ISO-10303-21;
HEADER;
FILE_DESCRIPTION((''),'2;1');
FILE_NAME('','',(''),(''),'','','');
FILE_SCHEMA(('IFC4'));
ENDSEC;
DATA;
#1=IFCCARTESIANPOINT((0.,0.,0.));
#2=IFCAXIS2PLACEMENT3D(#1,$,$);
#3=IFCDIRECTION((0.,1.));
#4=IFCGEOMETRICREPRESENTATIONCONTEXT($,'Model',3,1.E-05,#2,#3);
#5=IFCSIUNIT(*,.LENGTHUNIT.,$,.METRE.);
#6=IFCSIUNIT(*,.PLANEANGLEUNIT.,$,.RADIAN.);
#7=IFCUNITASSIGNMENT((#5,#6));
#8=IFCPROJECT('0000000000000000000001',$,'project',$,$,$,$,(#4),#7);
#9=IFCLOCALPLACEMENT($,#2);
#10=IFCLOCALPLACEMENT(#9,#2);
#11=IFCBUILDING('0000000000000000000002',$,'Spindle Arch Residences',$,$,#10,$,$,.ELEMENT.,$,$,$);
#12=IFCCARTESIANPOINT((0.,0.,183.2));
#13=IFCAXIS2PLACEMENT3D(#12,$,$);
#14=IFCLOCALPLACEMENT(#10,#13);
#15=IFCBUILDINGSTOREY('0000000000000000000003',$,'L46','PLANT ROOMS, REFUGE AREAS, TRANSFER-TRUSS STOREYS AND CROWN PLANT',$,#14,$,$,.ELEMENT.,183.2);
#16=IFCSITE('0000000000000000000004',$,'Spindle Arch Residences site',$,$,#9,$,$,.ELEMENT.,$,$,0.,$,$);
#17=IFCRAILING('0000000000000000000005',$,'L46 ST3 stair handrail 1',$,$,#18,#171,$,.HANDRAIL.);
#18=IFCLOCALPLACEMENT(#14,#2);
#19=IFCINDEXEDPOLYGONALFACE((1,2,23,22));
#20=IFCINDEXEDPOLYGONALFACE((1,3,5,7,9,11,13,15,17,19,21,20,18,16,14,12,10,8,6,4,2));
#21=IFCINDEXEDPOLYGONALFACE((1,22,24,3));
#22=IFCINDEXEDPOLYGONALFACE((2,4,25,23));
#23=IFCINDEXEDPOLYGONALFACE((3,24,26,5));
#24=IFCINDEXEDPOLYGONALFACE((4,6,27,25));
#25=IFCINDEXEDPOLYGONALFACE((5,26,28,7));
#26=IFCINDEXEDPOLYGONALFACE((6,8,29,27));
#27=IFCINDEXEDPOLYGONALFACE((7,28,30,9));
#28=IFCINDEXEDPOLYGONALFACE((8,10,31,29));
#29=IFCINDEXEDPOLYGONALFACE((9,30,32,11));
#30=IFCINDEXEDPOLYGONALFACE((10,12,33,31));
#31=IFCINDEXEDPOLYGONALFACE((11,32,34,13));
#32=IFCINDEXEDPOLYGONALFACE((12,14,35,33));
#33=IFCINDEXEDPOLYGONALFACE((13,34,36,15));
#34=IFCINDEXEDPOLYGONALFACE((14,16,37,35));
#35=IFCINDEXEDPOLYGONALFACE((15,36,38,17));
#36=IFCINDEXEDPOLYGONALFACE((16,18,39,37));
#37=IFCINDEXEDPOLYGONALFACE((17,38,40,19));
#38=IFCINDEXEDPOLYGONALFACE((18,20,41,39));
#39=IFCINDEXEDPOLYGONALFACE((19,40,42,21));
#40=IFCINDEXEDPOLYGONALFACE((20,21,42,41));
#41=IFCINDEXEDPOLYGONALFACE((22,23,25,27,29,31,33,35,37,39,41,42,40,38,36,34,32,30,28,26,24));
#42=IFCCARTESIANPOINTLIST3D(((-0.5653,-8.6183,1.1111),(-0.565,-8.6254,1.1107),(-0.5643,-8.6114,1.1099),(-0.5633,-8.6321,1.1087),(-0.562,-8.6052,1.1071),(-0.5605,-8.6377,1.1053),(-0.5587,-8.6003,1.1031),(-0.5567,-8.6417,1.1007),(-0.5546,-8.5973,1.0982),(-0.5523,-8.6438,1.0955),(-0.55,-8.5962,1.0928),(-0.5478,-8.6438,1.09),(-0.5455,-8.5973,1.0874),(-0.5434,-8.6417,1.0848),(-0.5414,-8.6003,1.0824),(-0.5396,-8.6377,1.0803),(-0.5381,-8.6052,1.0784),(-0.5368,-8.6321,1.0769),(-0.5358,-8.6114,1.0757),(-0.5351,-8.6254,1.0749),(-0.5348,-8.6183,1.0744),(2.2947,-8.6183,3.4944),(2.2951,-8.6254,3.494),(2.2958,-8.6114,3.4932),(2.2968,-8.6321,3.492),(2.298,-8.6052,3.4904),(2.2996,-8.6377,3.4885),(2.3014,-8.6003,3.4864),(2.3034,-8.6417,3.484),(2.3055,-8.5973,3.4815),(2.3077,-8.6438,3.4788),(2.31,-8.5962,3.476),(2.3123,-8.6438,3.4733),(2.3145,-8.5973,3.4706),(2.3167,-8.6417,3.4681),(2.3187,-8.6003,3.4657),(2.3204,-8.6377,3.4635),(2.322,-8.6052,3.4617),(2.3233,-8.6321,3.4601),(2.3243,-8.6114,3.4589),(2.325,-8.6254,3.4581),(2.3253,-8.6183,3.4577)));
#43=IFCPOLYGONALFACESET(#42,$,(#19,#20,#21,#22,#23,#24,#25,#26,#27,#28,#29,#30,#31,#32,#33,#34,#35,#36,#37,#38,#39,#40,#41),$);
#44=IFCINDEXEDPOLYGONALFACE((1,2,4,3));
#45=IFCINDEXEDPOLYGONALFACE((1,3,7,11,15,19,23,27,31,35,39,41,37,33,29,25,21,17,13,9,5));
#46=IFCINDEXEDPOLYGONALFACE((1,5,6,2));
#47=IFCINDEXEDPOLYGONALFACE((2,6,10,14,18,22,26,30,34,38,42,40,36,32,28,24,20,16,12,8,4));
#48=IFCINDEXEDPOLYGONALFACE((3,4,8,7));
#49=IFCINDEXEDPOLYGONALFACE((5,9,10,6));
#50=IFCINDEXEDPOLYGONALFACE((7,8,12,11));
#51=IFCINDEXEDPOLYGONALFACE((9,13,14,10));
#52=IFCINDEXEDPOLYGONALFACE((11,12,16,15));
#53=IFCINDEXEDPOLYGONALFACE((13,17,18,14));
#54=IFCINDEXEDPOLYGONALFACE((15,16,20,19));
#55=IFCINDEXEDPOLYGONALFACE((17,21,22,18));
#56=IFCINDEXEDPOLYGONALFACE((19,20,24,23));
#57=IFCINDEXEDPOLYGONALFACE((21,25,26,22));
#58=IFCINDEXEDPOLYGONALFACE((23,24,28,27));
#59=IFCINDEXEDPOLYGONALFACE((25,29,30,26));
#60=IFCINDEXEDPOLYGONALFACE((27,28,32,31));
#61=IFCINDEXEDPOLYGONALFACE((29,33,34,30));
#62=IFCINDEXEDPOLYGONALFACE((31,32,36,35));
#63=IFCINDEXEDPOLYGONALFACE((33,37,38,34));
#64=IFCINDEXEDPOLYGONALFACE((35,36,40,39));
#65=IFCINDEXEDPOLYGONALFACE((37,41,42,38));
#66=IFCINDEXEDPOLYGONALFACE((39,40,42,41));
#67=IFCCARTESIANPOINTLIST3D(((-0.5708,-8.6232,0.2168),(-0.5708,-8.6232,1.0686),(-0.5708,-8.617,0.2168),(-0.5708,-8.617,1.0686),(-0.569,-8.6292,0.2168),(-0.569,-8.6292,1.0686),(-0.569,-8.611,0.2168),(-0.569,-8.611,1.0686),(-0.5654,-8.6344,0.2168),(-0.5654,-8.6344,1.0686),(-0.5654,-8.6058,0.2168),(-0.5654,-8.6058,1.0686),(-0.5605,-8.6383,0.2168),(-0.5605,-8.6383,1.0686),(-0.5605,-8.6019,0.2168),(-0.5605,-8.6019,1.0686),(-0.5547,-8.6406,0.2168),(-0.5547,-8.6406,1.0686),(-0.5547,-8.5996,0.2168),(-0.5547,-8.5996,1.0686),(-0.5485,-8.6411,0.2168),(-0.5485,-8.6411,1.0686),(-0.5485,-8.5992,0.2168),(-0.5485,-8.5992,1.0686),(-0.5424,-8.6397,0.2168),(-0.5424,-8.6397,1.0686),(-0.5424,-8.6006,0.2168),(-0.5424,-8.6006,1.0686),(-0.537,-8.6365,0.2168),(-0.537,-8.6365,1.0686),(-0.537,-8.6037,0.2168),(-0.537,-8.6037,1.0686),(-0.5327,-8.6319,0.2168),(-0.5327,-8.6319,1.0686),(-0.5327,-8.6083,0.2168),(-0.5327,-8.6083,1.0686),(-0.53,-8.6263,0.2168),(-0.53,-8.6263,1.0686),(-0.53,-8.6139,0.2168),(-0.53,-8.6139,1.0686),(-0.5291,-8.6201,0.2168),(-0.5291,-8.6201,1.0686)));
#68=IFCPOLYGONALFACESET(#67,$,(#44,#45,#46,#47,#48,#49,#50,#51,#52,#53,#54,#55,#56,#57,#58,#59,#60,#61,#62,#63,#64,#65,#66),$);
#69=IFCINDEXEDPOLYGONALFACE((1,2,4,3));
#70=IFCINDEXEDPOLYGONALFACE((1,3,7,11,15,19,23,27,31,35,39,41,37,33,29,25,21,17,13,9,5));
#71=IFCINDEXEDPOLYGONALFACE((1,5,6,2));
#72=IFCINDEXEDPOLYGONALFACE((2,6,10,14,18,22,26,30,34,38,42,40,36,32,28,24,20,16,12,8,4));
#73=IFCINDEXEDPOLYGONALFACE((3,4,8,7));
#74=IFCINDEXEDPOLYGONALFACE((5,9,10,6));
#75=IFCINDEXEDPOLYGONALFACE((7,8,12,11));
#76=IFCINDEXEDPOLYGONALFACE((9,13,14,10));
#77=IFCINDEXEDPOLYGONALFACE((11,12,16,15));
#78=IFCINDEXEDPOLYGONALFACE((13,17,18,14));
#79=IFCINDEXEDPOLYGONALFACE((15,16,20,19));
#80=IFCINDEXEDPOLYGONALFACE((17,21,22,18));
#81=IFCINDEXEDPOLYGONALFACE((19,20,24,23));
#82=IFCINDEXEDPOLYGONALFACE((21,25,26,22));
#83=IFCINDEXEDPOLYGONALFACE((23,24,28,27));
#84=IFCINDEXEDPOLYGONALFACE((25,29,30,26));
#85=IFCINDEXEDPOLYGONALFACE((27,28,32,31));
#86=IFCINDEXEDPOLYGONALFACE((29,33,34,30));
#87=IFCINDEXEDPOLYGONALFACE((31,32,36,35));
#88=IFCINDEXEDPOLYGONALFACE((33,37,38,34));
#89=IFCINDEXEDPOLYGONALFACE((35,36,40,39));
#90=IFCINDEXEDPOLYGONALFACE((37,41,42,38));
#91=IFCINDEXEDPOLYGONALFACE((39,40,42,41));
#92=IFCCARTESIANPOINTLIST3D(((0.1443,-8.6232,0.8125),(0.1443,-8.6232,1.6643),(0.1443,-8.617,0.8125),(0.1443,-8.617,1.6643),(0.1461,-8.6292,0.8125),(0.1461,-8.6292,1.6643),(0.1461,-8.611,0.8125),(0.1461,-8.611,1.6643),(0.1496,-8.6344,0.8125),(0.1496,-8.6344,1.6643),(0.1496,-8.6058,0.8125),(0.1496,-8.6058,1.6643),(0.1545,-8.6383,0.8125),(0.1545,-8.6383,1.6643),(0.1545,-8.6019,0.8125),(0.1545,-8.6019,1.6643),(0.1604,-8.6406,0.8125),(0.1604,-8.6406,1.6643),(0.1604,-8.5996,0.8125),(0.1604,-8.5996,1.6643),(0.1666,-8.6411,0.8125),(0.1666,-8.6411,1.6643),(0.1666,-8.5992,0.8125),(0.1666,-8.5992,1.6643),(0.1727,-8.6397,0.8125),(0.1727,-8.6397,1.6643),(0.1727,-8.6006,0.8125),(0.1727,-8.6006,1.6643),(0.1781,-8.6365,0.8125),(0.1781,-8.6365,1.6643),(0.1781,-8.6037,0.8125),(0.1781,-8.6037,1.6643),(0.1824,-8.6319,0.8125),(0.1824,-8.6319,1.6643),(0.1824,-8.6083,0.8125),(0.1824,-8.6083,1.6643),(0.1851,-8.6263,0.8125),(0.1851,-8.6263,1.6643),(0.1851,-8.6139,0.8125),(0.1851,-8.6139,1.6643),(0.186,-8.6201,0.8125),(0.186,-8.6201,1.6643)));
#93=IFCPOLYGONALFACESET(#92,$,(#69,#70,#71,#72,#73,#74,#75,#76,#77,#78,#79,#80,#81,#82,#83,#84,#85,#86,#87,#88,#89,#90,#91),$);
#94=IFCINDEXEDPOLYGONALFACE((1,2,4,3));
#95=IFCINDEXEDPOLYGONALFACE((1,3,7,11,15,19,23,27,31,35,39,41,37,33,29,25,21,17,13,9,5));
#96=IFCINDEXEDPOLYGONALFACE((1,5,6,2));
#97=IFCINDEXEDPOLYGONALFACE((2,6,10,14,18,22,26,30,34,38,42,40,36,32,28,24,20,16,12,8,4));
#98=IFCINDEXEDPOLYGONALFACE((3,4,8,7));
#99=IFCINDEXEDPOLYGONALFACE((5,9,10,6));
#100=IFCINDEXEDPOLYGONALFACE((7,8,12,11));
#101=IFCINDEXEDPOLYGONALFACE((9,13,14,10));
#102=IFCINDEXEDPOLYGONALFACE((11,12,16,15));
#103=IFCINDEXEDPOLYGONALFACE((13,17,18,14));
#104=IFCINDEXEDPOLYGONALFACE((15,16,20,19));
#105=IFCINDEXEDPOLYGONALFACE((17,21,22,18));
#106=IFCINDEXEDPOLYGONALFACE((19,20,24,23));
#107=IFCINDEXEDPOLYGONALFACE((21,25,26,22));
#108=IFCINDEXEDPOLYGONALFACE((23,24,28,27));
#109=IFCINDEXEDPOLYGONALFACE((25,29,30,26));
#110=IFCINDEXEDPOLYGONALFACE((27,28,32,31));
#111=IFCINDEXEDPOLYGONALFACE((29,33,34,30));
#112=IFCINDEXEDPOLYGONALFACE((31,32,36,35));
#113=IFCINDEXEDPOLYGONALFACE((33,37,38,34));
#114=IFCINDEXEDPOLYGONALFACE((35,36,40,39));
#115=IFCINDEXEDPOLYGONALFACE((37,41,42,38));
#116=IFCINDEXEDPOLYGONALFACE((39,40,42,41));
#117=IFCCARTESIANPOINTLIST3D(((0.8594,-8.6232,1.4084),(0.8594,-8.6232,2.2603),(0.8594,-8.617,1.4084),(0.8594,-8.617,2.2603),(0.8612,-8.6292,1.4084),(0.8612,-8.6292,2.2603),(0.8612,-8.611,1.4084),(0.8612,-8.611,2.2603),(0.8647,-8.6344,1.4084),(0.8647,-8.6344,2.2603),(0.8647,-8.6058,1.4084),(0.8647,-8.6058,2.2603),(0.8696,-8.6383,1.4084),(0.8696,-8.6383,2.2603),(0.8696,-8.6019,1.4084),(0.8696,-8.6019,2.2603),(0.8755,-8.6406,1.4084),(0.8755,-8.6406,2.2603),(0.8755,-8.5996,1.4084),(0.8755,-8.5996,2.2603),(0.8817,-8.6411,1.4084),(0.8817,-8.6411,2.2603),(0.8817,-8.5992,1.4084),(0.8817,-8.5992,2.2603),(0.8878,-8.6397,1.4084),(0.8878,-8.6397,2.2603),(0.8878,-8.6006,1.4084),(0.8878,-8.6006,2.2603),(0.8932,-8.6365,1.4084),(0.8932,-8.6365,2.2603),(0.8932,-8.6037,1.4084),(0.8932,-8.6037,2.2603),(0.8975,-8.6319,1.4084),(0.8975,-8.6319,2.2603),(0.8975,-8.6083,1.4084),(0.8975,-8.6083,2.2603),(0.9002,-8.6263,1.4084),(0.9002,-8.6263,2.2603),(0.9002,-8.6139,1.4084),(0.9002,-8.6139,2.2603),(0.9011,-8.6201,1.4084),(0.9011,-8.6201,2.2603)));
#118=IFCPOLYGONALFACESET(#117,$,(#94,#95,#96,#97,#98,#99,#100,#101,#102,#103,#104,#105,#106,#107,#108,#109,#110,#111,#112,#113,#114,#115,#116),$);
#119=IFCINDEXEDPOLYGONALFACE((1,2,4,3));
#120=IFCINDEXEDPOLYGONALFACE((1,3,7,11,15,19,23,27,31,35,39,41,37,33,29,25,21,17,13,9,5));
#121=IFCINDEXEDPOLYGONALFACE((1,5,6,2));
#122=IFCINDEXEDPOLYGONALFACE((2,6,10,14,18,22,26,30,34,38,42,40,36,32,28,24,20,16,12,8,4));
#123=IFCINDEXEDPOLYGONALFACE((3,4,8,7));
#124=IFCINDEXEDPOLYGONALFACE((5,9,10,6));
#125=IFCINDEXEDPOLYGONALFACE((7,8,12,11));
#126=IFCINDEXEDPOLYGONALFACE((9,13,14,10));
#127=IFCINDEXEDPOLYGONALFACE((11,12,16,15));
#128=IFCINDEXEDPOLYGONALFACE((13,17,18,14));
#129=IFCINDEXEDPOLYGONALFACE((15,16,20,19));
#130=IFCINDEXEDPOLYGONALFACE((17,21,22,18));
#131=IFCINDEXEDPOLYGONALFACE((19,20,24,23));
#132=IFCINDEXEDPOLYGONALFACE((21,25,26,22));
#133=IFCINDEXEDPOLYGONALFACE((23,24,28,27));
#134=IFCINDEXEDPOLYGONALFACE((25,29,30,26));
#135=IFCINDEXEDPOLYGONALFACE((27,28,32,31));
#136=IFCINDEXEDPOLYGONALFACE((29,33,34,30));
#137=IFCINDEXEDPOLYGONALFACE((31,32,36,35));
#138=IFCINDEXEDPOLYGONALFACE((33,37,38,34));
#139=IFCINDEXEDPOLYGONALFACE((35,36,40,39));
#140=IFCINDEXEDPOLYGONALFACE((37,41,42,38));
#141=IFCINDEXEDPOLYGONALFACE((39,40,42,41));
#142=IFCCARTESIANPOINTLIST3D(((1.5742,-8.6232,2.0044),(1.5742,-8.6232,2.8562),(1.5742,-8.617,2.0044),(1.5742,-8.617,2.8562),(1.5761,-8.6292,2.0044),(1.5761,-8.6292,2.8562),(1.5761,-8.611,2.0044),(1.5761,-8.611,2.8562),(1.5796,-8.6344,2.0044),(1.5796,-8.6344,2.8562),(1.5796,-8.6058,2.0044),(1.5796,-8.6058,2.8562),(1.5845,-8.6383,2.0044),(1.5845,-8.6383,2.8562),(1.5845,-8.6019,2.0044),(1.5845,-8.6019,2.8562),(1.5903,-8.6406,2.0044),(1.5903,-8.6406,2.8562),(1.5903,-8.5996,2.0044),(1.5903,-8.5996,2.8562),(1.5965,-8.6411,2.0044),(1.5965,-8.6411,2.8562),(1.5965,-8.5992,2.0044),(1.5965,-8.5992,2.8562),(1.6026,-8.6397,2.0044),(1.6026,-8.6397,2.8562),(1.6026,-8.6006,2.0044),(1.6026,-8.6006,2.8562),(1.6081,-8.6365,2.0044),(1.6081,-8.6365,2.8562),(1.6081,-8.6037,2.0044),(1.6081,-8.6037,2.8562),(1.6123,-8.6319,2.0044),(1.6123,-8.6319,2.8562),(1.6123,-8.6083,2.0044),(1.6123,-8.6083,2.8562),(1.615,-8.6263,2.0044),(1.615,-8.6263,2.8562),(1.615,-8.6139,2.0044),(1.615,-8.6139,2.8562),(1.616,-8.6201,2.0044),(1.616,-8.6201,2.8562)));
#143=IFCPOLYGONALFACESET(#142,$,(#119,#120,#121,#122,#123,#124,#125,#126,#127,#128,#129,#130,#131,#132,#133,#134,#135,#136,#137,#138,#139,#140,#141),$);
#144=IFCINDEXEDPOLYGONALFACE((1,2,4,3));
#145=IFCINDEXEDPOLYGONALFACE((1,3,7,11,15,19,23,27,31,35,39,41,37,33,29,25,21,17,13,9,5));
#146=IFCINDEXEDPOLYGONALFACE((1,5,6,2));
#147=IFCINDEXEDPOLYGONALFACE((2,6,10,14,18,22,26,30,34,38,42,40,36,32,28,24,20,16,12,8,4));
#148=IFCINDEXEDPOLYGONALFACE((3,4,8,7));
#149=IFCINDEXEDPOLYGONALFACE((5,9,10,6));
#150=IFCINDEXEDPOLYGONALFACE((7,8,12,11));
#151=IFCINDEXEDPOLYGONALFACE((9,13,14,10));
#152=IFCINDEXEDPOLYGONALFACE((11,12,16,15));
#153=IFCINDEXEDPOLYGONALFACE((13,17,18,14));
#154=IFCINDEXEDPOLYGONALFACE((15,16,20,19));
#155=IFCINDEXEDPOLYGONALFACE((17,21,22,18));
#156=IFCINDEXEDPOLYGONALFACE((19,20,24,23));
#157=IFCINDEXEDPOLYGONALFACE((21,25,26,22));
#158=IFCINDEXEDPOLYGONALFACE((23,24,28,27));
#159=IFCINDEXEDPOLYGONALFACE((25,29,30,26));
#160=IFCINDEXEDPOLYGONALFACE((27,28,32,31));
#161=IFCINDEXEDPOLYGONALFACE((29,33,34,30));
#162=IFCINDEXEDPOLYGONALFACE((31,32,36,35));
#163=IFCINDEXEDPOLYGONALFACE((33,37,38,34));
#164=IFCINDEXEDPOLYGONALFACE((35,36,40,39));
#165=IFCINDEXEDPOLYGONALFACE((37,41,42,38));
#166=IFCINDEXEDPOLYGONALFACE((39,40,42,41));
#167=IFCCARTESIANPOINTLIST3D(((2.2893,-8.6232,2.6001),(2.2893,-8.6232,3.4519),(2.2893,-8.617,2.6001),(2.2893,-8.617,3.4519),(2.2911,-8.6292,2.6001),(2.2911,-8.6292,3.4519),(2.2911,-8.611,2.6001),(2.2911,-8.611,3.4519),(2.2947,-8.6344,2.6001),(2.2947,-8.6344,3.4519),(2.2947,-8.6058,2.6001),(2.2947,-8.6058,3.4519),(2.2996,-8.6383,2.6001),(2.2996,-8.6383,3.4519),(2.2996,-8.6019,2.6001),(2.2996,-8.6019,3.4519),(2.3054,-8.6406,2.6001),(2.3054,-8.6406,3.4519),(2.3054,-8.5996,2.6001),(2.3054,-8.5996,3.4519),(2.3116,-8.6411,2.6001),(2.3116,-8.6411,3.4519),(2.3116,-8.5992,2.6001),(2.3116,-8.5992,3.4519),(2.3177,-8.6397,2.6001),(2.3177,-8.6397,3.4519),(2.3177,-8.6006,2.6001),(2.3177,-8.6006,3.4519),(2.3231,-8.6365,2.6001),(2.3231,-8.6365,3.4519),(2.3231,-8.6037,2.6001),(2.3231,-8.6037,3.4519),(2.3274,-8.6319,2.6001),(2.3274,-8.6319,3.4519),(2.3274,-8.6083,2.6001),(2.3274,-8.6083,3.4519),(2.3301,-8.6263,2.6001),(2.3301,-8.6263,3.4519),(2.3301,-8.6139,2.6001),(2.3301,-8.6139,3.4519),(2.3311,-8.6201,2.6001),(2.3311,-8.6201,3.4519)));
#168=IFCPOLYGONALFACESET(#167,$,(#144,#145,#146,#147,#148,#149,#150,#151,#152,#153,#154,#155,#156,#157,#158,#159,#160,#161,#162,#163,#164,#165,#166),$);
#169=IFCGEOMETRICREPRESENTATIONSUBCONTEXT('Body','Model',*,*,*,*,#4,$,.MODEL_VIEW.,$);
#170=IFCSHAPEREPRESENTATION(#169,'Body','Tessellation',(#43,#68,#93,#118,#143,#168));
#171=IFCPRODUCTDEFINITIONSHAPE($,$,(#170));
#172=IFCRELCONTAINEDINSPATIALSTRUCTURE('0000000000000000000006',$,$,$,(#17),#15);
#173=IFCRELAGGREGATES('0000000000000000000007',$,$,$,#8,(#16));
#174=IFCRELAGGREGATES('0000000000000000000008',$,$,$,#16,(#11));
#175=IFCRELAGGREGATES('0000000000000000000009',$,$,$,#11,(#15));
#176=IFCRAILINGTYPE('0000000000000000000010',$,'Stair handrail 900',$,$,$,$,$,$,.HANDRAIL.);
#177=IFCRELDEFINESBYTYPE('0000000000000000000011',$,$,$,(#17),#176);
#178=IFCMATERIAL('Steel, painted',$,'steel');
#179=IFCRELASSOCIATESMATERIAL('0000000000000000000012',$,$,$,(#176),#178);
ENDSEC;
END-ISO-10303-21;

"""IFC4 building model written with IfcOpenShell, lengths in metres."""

from ifc_helpers import new_model, si_unit, direction, frame, origin, origin_2d, place, context, subcontext, project, spatial, circle, extrude, material, type_object, element, save


model = new_model("IFC4")

# Units and contexts
model_context = context("Model", 3, precision=1e-05, world=origin(), true_north=direction((0.0, 1.0)))
body_context = subcontext(model_context, "Body", "Model", "MODEL_VIEW")
ifc_project = project(units=[si_unit("LENGTHUNIT", "METRE"), si_unit("PLANEANGLEUNIT", "RADIAN")], contexts=[model_context])

# Site, building, storey
site_placement = place(None, origin())
site = spatial("IfcSite", under=ifc_project, at=site_placement, Name="Spindle Arch Residences site", CompositionType="ELEMENT", RefElevation=0.0)
building_placement = place(site_placement, origin())
building = spatial("IfcBuilding", under=site, at=building_placement, Name="Spindle Arch Residences", CompositionType="ELEMENT")
storey_placement = place(building_placement, frame((0.0, 0.0, 183.2)))
storey = spatial("IfcBuildingStorey", under=building, at=storey_placement, Name="L46", Description="PLANT ROOMS, REFUGE AREAS, TRANSFER-TRUSS STOREYS AND CROWN PLANT", CompositionType="ELEMENT", Elevation=183.2)

# Railing
ifc_material_1 = material(Name="Steel, painted", Category="steel")
railing_type_1 = type_object("IfcRailingType", Name="Stair handrail 900", PredefinedType="HANDRAIL", material=ifc_material_1)
railing_1_placement = place(storey_placement, frame((-0.55, -8.6201, 0.2168)))
element("IfcRailing", 1, at=railing_1_placement, inside=storey, type_object=railing_type_1, Name="L46 ST3 stair handrail 1", PredefinedType="HANDRAIL", context=body_context, shape_type="SweptSolid", body=[
    extrude(circle(Radius=0.0239, at=origin_2d()), frame((0.0, 0.0, 0.876), z_axis=(0.768237, 0.0, 0.640165), x_axis=(0.0, 1.0, 0.0)), (0.0, 0.0, 1.0), 3.7229),
    extrude(circle(Radius=0.021, at=origin_2d()), origin(), (0.0, 0.0, 1.0), 0.8518),
    extrude(circle(Radius=0.021, at=origin_2d()), frame((0.7151, 0.0, 0.5957)), (0.0, 0.0, 1.0), 0.8518),
    extrude(circle(Radius=0.021, at=origin_2d()), frame((1.4302, 0.0, 1.1917)), (0.0, 0.0, 1.0), 0.8518),
    extrude(circle(Radius=0.021, at=origin_2d()), frame((2.145, 0.0, 1.7876)), (0.0, 0.0, 1.0), 0.8518),
    extrude(circle(Radius=0.021, at=origin_2d()), frame((2.8601, 0.0, 2.3833)), (0.0, 0.0, 1.0), 0.8518),
])

save(model, "model.ifc")
